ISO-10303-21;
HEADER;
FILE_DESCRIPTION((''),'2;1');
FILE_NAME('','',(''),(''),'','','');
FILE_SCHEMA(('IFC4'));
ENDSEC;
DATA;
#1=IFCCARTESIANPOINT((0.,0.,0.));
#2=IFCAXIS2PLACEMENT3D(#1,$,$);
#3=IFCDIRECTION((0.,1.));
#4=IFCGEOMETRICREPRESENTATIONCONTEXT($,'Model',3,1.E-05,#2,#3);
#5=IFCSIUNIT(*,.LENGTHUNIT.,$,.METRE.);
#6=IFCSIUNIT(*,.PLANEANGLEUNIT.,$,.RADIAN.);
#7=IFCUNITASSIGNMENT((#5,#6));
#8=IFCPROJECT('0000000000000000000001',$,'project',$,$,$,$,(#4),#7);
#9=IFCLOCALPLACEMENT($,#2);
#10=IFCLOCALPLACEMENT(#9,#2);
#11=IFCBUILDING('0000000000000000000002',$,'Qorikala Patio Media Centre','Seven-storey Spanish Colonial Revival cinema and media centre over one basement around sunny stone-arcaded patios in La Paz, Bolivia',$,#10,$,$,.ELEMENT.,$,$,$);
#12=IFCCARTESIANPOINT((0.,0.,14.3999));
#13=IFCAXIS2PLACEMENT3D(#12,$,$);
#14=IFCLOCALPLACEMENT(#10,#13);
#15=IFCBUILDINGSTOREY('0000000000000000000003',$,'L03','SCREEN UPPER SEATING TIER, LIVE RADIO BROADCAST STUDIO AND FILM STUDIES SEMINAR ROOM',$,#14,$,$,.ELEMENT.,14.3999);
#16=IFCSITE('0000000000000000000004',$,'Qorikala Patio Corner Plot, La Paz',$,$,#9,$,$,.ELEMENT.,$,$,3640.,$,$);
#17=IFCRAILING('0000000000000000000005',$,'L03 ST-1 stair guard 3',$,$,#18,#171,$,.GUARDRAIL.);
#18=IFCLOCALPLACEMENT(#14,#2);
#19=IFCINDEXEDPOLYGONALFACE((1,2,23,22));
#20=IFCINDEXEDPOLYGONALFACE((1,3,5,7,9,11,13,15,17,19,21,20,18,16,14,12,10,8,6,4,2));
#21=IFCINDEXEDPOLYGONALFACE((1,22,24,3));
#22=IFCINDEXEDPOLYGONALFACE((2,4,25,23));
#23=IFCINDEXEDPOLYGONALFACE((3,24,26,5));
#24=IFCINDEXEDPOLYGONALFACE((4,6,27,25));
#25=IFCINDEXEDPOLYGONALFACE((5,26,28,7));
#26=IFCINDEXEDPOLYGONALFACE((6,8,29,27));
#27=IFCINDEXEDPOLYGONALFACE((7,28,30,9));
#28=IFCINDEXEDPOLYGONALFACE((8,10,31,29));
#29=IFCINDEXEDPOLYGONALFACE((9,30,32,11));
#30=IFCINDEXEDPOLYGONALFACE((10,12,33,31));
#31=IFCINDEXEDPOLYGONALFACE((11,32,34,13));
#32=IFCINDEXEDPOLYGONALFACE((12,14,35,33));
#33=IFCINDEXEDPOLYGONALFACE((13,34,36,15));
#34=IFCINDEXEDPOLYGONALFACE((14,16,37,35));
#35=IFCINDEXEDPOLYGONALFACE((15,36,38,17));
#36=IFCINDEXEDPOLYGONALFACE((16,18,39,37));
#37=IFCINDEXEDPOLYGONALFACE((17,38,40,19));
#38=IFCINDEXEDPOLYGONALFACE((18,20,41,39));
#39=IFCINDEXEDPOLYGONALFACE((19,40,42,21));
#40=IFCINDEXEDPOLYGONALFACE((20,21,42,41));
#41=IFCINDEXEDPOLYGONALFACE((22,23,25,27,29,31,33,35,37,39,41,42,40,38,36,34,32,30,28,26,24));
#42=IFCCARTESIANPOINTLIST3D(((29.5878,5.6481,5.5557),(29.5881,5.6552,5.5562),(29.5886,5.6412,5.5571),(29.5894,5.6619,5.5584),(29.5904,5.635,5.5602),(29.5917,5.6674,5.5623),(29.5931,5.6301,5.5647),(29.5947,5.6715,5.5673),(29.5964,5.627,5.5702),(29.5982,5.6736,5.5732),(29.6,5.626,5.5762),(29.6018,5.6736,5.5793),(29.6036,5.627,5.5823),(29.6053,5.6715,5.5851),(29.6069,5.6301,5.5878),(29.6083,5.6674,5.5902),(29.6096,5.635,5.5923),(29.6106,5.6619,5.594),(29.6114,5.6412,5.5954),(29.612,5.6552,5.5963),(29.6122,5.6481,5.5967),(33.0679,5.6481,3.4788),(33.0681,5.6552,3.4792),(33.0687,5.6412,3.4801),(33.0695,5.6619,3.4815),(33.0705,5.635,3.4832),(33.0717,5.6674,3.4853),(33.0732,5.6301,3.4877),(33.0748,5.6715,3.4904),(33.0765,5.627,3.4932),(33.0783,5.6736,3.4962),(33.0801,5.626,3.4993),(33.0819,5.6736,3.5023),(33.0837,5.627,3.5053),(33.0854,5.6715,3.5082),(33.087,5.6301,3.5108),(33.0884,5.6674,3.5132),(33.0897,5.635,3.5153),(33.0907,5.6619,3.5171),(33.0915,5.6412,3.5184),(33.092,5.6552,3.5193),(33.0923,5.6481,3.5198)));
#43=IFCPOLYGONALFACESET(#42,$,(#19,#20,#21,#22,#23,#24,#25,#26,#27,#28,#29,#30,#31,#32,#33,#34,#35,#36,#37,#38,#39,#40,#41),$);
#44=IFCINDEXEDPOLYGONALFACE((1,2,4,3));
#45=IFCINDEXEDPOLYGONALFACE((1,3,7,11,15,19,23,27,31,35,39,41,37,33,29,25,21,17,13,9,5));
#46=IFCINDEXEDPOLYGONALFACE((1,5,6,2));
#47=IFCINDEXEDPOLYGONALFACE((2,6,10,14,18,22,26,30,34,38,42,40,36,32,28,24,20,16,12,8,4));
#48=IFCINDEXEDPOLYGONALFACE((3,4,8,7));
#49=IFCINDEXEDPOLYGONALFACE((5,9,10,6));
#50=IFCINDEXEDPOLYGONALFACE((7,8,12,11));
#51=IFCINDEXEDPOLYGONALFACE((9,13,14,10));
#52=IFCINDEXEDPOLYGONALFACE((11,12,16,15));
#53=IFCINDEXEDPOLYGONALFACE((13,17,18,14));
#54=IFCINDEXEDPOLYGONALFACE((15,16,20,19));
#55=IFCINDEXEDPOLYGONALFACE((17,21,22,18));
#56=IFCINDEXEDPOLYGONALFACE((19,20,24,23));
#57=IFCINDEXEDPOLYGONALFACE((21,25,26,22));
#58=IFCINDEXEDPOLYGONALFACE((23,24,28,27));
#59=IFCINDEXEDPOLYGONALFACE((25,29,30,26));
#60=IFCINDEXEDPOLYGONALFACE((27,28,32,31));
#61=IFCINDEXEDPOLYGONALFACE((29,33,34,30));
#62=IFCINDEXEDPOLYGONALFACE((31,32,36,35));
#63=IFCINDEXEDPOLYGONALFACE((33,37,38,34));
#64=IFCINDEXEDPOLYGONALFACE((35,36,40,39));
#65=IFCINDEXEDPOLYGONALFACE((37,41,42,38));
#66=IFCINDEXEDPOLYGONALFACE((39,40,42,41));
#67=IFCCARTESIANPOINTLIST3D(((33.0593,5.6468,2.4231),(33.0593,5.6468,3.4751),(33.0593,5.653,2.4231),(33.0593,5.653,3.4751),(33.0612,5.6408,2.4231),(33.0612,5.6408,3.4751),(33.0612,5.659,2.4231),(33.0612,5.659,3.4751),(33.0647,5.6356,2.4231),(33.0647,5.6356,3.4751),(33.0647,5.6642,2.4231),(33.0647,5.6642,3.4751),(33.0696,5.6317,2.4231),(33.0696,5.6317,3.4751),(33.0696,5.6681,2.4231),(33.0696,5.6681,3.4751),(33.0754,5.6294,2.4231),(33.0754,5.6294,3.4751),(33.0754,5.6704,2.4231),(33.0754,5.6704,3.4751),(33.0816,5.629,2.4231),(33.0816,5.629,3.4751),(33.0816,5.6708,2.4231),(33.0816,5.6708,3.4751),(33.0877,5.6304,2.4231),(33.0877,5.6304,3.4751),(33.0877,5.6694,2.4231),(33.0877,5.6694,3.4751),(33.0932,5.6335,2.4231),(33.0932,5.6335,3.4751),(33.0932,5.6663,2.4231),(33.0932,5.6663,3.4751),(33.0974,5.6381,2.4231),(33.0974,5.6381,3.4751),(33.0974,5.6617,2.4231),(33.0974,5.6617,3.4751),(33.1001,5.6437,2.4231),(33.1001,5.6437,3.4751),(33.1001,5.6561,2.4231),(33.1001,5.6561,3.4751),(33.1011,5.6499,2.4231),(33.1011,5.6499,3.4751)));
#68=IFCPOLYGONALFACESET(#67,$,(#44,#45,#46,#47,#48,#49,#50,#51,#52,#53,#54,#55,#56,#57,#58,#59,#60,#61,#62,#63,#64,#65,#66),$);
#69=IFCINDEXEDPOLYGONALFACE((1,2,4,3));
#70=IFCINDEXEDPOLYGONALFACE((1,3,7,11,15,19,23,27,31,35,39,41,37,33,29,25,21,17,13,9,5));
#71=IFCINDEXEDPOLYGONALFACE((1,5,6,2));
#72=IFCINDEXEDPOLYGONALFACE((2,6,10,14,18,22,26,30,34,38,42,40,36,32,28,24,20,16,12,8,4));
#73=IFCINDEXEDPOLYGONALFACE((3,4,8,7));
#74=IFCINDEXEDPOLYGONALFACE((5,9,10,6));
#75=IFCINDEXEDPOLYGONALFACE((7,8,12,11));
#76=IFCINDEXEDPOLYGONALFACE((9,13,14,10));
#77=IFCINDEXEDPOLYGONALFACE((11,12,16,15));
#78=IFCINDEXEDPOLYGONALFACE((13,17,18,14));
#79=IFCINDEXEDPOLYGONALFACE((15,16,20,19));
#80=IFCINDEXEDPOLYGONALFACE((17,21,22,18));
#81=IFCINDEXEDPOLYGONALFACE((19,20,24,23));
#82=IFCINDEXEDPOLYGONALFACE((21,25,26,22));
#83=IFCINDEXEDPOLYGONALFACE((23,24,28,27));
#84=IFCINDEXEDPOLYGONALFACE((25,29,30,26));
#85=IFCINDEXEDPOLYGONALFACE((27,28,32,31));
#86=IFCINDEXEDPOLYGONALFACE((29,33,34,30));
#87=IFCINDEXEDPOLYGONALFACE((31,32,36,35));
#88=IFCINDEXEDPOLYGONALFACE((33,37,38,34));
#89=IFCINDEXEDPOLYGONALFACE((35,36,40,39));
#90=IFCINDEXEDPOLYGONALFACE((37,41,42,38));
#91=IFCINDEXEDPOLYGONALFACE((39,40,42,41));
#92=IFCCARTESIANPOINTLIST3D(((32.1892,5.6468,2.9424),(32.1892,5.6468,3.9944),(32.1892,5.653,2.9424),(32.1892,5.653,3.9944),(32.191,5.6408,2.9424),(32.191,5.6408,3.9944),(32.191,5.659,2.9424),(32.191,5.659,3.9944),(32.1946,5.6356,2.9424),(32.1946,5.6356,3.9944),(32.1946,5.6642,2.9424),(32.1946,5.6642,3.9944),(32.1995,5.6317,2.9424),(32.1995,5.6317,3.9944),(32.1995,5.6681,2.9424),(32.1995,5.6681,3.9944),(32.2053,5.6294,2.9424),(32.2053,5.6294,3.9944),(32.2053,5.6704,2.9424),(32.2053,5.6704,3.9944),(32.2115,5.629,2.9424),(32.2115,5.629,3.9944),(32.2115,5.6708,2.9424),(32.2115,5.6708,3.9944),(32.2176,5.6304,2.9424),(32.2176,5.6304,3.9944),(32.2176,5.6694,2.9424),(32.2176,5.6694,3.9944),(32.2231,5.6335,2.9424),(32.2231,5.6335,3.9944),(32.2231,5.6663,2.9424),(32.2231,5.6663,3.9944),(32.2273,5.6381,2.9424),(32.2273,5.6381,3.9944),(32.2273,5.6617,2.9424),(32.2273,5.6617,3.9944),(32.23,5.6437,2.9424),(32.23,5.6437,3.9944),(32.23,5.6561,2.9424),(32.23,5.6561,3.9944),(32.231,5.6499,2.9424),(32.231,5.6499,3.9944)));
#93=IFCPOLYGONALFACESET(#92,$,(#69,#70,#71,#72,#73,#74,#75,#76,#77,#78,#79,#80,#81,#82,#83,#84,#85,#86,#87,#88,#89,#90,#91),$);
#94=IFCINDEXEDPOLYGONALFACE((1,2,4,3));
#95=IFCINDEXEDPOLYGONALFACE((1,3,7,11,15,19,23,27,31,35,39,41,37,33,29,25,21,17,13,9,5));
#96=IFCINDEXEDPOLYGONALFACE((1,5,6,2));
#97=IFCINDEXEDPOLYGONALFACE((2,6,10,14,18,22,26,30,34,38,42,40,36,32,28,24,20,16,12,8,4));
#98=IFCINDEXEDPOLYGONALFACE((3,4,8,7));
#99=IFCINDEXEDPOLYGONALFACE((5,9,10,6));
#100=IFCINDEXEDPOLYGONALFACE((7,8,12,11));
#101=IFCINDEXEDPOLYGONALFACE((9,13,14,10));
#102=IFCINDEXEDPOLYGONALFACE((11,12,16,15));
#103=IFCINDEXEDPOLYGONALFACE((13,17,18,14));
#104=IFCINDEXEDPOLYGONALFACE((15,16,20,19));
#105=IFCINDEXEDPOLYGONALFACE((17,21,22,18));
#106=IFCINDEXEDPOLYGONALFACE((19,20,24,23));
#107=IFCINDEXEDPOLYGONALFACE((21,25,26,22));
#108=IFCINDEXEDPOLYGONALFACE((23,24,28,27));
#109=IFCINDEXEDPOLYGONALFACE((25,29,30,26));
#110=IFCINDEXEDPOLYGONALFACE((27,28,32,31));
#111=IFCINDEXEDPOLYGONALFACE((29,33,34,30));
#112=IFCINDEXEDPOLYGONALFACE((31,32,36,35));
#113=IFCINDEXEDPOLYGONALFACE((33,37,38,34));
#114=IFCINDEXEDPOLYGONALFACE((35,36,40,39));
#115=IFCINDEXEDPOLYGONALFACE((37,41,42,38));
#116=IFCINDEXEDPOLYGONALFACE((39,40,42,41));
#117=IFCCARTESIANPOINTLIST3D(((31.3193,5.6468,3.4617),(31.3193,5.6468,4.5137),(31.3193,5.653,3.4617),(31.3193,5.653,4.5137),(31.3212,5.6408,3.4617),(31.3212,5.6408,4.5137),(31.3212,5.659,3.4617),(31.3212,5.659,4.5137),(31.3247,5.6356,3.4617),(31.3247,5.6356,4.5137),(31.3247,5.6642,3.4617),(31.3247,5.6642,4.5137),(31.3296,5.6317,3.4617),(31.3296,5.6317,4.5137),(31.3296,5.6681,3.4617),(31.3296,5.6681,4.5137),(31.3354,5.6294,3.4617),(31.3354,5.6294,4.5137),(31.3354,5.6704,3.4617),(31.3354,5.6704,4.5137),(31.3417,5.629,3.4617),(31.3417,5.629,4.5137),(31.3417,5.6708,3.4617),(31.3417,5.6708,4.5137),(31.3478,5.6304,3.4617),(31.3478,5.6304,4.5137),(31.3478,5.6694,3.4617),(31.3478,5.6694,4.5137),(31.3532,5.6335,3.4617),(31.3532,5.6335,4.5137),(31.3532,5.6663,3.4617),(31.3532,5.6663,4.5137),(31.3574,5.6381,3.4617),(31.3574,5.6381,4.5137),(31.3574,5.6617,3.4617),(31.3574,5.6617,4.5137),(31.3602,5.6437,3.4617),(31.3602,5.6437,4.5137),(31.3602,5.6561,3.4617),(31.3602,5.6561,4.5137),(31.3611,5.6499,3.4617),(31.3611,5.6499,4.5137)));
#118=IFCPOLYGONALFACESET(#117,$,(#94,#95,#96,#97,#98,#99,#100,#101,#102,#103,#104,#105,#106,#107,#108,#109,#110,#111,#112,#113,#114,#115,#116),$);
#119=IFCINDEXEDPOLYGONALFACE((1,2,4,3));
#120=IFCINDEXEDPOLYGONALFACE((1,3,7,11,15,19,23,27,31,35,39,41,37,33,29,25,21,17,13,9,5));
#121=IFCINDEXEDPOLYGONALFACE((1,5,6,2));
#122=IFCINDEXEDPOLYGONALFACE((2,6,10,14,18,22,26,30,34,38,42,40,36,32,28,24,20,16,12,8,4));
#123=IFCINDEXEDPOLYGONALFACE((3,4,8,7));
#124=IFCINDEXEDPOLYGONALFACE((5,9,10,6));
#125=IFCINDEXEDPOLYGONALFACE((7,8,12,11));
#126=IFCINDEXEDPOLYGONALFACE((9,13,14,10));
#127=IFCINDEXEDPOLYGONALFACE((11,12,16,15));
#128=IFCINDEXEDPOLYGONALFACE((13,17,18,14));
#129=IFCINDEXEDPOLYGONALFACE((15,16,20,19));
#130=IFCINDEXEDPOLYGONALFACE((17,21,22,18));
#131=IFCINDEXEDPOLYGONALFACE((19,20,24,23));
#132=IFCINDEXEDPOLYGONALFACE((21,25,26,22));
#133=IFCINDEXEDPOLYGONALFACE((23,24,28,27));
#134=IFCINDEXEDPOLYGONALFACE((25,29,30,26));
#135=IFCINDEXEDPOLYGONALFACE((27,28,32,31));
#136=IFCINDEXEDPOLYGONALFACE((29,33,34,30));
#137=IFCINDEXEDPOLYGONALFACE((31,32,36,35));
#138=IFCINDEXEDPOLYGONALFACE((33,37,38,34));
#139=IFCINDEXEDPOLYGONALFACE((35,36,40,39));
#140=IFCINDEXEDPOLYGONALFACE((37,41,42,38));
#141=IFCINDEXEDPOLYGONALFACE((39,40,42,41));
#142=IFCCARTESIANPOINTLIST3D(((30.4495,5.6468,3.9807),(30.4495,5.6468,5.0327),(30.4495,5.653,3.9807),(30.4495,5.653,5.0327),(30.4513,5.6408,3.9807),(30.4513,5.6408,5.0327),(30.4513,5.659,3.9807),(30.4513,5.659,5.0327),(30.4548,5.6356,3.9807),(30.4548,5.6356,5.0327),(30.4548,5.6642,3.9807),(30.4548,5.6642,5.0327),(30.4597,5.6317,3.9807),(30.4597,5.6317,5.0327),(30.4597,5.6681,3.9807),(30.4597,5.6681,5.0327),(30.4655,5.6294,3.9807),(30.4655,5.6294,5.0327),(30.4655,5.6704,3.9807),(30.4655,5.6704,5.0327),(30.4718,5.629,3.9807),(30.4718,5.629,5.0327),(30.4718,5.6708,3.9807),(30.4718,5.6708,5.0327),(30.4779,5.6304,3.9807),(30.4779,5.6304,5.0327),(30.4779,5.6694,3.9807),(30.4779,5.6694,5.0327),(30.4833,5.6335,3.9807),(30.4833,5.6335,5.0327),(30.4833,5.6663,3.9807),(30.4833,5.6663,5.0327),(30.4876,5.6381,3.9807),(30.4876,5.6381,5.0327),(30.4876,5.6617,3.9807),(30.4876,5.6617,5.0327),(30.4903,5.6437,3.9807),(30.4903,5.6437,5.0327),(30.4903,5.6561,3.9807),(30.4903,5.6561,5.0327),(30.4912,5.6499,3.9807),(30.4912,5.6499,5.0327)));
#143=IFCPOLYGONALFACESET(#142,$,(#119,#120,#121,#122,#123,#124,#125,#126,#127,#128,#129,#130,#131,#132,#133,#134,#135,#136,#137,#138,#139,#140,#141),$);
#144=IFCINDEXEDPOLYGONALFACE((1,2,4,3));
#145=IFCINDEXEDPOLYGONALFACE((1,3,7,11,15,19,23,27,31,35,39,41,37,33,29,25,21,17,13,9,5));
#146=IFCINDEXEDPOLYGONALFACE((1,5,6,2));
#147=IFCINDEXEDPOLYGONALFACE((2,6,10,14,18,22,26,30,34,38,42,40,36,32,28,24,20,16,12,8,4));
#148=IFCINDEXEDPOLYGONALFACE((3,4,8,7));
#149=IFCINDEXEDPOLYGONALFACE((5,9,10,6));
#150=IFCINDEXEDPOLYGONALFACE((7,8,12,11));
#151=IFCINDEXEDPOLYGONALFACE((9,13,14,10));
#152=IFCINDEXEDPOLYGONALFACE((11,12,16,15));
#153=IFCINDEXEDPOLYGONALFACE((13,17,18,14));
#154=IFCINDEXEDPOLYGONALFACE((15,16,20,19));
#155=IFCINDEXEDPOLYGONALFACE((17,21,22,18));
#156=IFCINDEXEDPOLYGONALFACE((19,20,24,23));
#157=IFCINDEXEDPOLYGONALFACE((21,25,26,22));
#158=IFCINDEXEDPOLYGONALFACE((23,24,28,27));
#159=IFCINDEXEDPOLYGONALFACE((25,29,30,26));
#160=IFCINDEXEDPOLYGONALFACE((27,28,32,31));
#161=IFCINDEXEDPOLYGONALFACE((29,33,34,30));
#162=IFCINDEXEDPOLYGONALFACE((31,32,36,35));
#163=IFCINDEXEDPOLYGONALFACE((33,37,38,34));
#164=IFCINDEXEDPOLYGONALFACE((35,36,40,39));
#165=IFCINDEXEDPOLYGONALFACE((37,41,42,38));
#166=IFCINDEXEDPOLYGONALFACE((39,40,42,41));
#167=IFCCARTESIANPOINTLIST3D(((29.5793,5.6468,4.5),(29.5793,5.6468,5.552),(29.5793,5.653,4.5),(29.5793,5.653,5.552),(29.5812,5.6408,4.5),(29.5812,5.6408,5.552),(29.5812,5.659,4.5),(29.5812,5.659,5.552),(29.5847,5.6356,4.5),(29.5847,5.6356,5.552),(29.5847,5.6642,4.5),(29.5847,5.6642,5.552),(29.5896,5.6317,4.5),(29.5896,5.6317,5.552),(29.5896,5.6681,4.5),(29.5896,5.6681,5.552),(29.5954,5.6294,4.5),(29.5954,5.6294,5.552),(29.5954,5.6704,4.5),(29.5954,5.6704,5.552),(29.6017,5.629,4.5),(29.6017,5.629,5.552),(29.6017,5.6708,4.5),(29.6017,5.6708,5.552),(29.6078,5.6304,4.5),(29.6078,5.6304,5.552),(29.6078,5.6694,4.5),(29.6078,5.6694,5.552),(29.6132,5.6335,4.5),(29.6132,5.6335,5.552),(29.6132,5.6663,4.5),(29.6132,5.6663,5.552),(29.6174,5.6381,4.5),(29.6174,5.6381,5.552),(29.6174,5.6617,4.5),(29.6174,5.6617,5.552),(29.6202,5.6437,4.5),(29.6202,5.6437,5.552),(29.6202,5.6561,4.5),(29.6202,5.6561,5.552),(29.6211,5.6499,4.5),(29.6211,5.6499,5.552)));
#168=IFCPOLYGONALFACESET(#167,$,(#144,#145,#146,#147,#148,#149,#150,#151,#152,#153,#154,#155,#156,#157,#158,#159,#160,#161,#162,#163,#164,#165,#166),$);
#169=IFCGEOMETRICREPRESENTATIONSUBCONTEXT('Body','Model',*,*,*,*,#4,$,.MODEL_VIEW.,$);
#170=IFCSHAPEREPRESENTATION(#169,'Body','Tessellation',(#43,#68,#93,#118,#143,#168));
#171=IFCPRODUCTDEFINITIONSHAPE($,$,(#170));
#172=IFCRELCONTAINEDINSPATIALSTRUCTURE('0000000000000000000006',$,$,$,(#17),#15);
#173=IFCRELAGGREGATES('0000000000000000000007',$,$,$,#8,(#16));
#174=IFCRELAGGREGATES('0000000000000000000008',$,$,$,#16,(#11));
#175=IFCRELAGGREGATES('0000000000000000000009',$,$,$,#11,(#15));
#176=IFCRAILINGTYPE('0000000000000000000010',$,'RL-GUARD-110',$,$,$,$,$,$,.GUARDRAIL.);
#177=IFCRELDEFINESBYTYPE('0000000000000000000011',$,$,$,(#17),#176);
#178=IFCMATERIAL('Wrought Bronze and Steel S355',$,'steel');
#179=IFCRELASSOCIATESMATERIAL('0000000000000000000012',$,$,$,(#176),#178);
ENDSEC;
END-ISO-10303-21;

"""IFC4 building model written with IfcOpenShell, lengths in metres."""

from ifc_helpers import new_model, si_unit, direction, frame, origin, origin_2d, place, context, subcontext, project, spatial, circle, extrude, material, type_object, element, save


model = new_model("IFC4")

# Units and contexts
model_context = context("Model", 3, precision=1e-05, world=origin(), true_north=direction((0.0, 1.0)))
body_context = subcontext(model_context, "Body", "Model", "MODEL_VIEW")
ifc_project = project(units=[si_unit("LENGTHUNIT", "METRE"), si_unit("PLANEANGLEUNIT", "RADIAN")], contexts=[model_context])

# Site, building, storey
site_placement = place(None, origin())
site = spatial("IfcSite", under=ifc_project, at=site_placement, Name="Qorikala Patio Corner Plot, La Paz", CompositionType="ELEMENT", RefElevation=3640.0)
building_placement = place(site_placement, origin())
building = spatial("IfcBuilding", under=site, at=building_placement, Name="Qorikala Patio Media Centre", Description="Seven-storey Spanish Colonial Revival cinema and media centre over one basement around sunny stone-arcaded patios in La Paz, Bolivia", CompositionType="ELEMENT")
storey_placement = place(building_placement, frame((0.0, 0.0, 14.3999)))
storey = spatial("IfcBuildingStorey", under=building, at=storey_placement, Name="L03", Description="SCREEN UPPER SEATING TIER, LIVE RADIO BROADCAST STUDIO AND FILM STUDIES SEMINAR ROOM", CompositionType="ELEMENT", Elevation=14.3999)

# Railing
ifc_material_1 = material(Name="Wrought Bronze and Steel S355", Category="steel")
railing_type_1 = type_object("IfcRailingType", Name="RL-GUARD-110", PredefinedType="GUARDRAIL", material=ifc_material_1)
railing_1_placement = place(storey_placement, frame((33.0801, 5.6499, 2.4231)))
element("IfcRailing", 1, at=railing_1_placement, inside=storey, type_object=railing_type_1, Name="L03 ST-1 stair guard 3", PredefinedType="GUARDRAIL", context=body_context, shape_type="SweptSolid", body=[
    extrude(circle(Radius=0.0239, at=origin_2d()), frame((0.0, 0.0, 1.0762), z_axis=(-0.858697, 0.0, 0.512483), x_axis=(0.0, -1.0, 0.0)), (0.0, 0.0, 1.0), 4.0527),
    extrude(circle(Radius=0.021, at=origin_2d()), origin(), (0.0, 0.0, 1.0), 1.052),
    extrude(circle(Radius=0.021, at=origin_2d()), frame((-0.8701, 0.0, 0.5193)), (0.0, 0.0, 1.0), 1.052),
    extrude(circle(Radius=0.021, at=origin_2d()), frame((-1.74, 0.0, 1.0386)), (0.0, 0.0, 1.0), 1.052),
    extrude(circle(Radius=0.021, at=origin_2d()), frame((-2.6099, 0.0, 1.5576)), (0.0, 0.0, 1.0), 1.052),
    extrude(circle(Radius=0.021, at=origin_2d()), frame((-3.48, 0.0, 2.0769)), (0.0, 0.0, 1.0), 1.052),
])

save(model, "model.ifc")
